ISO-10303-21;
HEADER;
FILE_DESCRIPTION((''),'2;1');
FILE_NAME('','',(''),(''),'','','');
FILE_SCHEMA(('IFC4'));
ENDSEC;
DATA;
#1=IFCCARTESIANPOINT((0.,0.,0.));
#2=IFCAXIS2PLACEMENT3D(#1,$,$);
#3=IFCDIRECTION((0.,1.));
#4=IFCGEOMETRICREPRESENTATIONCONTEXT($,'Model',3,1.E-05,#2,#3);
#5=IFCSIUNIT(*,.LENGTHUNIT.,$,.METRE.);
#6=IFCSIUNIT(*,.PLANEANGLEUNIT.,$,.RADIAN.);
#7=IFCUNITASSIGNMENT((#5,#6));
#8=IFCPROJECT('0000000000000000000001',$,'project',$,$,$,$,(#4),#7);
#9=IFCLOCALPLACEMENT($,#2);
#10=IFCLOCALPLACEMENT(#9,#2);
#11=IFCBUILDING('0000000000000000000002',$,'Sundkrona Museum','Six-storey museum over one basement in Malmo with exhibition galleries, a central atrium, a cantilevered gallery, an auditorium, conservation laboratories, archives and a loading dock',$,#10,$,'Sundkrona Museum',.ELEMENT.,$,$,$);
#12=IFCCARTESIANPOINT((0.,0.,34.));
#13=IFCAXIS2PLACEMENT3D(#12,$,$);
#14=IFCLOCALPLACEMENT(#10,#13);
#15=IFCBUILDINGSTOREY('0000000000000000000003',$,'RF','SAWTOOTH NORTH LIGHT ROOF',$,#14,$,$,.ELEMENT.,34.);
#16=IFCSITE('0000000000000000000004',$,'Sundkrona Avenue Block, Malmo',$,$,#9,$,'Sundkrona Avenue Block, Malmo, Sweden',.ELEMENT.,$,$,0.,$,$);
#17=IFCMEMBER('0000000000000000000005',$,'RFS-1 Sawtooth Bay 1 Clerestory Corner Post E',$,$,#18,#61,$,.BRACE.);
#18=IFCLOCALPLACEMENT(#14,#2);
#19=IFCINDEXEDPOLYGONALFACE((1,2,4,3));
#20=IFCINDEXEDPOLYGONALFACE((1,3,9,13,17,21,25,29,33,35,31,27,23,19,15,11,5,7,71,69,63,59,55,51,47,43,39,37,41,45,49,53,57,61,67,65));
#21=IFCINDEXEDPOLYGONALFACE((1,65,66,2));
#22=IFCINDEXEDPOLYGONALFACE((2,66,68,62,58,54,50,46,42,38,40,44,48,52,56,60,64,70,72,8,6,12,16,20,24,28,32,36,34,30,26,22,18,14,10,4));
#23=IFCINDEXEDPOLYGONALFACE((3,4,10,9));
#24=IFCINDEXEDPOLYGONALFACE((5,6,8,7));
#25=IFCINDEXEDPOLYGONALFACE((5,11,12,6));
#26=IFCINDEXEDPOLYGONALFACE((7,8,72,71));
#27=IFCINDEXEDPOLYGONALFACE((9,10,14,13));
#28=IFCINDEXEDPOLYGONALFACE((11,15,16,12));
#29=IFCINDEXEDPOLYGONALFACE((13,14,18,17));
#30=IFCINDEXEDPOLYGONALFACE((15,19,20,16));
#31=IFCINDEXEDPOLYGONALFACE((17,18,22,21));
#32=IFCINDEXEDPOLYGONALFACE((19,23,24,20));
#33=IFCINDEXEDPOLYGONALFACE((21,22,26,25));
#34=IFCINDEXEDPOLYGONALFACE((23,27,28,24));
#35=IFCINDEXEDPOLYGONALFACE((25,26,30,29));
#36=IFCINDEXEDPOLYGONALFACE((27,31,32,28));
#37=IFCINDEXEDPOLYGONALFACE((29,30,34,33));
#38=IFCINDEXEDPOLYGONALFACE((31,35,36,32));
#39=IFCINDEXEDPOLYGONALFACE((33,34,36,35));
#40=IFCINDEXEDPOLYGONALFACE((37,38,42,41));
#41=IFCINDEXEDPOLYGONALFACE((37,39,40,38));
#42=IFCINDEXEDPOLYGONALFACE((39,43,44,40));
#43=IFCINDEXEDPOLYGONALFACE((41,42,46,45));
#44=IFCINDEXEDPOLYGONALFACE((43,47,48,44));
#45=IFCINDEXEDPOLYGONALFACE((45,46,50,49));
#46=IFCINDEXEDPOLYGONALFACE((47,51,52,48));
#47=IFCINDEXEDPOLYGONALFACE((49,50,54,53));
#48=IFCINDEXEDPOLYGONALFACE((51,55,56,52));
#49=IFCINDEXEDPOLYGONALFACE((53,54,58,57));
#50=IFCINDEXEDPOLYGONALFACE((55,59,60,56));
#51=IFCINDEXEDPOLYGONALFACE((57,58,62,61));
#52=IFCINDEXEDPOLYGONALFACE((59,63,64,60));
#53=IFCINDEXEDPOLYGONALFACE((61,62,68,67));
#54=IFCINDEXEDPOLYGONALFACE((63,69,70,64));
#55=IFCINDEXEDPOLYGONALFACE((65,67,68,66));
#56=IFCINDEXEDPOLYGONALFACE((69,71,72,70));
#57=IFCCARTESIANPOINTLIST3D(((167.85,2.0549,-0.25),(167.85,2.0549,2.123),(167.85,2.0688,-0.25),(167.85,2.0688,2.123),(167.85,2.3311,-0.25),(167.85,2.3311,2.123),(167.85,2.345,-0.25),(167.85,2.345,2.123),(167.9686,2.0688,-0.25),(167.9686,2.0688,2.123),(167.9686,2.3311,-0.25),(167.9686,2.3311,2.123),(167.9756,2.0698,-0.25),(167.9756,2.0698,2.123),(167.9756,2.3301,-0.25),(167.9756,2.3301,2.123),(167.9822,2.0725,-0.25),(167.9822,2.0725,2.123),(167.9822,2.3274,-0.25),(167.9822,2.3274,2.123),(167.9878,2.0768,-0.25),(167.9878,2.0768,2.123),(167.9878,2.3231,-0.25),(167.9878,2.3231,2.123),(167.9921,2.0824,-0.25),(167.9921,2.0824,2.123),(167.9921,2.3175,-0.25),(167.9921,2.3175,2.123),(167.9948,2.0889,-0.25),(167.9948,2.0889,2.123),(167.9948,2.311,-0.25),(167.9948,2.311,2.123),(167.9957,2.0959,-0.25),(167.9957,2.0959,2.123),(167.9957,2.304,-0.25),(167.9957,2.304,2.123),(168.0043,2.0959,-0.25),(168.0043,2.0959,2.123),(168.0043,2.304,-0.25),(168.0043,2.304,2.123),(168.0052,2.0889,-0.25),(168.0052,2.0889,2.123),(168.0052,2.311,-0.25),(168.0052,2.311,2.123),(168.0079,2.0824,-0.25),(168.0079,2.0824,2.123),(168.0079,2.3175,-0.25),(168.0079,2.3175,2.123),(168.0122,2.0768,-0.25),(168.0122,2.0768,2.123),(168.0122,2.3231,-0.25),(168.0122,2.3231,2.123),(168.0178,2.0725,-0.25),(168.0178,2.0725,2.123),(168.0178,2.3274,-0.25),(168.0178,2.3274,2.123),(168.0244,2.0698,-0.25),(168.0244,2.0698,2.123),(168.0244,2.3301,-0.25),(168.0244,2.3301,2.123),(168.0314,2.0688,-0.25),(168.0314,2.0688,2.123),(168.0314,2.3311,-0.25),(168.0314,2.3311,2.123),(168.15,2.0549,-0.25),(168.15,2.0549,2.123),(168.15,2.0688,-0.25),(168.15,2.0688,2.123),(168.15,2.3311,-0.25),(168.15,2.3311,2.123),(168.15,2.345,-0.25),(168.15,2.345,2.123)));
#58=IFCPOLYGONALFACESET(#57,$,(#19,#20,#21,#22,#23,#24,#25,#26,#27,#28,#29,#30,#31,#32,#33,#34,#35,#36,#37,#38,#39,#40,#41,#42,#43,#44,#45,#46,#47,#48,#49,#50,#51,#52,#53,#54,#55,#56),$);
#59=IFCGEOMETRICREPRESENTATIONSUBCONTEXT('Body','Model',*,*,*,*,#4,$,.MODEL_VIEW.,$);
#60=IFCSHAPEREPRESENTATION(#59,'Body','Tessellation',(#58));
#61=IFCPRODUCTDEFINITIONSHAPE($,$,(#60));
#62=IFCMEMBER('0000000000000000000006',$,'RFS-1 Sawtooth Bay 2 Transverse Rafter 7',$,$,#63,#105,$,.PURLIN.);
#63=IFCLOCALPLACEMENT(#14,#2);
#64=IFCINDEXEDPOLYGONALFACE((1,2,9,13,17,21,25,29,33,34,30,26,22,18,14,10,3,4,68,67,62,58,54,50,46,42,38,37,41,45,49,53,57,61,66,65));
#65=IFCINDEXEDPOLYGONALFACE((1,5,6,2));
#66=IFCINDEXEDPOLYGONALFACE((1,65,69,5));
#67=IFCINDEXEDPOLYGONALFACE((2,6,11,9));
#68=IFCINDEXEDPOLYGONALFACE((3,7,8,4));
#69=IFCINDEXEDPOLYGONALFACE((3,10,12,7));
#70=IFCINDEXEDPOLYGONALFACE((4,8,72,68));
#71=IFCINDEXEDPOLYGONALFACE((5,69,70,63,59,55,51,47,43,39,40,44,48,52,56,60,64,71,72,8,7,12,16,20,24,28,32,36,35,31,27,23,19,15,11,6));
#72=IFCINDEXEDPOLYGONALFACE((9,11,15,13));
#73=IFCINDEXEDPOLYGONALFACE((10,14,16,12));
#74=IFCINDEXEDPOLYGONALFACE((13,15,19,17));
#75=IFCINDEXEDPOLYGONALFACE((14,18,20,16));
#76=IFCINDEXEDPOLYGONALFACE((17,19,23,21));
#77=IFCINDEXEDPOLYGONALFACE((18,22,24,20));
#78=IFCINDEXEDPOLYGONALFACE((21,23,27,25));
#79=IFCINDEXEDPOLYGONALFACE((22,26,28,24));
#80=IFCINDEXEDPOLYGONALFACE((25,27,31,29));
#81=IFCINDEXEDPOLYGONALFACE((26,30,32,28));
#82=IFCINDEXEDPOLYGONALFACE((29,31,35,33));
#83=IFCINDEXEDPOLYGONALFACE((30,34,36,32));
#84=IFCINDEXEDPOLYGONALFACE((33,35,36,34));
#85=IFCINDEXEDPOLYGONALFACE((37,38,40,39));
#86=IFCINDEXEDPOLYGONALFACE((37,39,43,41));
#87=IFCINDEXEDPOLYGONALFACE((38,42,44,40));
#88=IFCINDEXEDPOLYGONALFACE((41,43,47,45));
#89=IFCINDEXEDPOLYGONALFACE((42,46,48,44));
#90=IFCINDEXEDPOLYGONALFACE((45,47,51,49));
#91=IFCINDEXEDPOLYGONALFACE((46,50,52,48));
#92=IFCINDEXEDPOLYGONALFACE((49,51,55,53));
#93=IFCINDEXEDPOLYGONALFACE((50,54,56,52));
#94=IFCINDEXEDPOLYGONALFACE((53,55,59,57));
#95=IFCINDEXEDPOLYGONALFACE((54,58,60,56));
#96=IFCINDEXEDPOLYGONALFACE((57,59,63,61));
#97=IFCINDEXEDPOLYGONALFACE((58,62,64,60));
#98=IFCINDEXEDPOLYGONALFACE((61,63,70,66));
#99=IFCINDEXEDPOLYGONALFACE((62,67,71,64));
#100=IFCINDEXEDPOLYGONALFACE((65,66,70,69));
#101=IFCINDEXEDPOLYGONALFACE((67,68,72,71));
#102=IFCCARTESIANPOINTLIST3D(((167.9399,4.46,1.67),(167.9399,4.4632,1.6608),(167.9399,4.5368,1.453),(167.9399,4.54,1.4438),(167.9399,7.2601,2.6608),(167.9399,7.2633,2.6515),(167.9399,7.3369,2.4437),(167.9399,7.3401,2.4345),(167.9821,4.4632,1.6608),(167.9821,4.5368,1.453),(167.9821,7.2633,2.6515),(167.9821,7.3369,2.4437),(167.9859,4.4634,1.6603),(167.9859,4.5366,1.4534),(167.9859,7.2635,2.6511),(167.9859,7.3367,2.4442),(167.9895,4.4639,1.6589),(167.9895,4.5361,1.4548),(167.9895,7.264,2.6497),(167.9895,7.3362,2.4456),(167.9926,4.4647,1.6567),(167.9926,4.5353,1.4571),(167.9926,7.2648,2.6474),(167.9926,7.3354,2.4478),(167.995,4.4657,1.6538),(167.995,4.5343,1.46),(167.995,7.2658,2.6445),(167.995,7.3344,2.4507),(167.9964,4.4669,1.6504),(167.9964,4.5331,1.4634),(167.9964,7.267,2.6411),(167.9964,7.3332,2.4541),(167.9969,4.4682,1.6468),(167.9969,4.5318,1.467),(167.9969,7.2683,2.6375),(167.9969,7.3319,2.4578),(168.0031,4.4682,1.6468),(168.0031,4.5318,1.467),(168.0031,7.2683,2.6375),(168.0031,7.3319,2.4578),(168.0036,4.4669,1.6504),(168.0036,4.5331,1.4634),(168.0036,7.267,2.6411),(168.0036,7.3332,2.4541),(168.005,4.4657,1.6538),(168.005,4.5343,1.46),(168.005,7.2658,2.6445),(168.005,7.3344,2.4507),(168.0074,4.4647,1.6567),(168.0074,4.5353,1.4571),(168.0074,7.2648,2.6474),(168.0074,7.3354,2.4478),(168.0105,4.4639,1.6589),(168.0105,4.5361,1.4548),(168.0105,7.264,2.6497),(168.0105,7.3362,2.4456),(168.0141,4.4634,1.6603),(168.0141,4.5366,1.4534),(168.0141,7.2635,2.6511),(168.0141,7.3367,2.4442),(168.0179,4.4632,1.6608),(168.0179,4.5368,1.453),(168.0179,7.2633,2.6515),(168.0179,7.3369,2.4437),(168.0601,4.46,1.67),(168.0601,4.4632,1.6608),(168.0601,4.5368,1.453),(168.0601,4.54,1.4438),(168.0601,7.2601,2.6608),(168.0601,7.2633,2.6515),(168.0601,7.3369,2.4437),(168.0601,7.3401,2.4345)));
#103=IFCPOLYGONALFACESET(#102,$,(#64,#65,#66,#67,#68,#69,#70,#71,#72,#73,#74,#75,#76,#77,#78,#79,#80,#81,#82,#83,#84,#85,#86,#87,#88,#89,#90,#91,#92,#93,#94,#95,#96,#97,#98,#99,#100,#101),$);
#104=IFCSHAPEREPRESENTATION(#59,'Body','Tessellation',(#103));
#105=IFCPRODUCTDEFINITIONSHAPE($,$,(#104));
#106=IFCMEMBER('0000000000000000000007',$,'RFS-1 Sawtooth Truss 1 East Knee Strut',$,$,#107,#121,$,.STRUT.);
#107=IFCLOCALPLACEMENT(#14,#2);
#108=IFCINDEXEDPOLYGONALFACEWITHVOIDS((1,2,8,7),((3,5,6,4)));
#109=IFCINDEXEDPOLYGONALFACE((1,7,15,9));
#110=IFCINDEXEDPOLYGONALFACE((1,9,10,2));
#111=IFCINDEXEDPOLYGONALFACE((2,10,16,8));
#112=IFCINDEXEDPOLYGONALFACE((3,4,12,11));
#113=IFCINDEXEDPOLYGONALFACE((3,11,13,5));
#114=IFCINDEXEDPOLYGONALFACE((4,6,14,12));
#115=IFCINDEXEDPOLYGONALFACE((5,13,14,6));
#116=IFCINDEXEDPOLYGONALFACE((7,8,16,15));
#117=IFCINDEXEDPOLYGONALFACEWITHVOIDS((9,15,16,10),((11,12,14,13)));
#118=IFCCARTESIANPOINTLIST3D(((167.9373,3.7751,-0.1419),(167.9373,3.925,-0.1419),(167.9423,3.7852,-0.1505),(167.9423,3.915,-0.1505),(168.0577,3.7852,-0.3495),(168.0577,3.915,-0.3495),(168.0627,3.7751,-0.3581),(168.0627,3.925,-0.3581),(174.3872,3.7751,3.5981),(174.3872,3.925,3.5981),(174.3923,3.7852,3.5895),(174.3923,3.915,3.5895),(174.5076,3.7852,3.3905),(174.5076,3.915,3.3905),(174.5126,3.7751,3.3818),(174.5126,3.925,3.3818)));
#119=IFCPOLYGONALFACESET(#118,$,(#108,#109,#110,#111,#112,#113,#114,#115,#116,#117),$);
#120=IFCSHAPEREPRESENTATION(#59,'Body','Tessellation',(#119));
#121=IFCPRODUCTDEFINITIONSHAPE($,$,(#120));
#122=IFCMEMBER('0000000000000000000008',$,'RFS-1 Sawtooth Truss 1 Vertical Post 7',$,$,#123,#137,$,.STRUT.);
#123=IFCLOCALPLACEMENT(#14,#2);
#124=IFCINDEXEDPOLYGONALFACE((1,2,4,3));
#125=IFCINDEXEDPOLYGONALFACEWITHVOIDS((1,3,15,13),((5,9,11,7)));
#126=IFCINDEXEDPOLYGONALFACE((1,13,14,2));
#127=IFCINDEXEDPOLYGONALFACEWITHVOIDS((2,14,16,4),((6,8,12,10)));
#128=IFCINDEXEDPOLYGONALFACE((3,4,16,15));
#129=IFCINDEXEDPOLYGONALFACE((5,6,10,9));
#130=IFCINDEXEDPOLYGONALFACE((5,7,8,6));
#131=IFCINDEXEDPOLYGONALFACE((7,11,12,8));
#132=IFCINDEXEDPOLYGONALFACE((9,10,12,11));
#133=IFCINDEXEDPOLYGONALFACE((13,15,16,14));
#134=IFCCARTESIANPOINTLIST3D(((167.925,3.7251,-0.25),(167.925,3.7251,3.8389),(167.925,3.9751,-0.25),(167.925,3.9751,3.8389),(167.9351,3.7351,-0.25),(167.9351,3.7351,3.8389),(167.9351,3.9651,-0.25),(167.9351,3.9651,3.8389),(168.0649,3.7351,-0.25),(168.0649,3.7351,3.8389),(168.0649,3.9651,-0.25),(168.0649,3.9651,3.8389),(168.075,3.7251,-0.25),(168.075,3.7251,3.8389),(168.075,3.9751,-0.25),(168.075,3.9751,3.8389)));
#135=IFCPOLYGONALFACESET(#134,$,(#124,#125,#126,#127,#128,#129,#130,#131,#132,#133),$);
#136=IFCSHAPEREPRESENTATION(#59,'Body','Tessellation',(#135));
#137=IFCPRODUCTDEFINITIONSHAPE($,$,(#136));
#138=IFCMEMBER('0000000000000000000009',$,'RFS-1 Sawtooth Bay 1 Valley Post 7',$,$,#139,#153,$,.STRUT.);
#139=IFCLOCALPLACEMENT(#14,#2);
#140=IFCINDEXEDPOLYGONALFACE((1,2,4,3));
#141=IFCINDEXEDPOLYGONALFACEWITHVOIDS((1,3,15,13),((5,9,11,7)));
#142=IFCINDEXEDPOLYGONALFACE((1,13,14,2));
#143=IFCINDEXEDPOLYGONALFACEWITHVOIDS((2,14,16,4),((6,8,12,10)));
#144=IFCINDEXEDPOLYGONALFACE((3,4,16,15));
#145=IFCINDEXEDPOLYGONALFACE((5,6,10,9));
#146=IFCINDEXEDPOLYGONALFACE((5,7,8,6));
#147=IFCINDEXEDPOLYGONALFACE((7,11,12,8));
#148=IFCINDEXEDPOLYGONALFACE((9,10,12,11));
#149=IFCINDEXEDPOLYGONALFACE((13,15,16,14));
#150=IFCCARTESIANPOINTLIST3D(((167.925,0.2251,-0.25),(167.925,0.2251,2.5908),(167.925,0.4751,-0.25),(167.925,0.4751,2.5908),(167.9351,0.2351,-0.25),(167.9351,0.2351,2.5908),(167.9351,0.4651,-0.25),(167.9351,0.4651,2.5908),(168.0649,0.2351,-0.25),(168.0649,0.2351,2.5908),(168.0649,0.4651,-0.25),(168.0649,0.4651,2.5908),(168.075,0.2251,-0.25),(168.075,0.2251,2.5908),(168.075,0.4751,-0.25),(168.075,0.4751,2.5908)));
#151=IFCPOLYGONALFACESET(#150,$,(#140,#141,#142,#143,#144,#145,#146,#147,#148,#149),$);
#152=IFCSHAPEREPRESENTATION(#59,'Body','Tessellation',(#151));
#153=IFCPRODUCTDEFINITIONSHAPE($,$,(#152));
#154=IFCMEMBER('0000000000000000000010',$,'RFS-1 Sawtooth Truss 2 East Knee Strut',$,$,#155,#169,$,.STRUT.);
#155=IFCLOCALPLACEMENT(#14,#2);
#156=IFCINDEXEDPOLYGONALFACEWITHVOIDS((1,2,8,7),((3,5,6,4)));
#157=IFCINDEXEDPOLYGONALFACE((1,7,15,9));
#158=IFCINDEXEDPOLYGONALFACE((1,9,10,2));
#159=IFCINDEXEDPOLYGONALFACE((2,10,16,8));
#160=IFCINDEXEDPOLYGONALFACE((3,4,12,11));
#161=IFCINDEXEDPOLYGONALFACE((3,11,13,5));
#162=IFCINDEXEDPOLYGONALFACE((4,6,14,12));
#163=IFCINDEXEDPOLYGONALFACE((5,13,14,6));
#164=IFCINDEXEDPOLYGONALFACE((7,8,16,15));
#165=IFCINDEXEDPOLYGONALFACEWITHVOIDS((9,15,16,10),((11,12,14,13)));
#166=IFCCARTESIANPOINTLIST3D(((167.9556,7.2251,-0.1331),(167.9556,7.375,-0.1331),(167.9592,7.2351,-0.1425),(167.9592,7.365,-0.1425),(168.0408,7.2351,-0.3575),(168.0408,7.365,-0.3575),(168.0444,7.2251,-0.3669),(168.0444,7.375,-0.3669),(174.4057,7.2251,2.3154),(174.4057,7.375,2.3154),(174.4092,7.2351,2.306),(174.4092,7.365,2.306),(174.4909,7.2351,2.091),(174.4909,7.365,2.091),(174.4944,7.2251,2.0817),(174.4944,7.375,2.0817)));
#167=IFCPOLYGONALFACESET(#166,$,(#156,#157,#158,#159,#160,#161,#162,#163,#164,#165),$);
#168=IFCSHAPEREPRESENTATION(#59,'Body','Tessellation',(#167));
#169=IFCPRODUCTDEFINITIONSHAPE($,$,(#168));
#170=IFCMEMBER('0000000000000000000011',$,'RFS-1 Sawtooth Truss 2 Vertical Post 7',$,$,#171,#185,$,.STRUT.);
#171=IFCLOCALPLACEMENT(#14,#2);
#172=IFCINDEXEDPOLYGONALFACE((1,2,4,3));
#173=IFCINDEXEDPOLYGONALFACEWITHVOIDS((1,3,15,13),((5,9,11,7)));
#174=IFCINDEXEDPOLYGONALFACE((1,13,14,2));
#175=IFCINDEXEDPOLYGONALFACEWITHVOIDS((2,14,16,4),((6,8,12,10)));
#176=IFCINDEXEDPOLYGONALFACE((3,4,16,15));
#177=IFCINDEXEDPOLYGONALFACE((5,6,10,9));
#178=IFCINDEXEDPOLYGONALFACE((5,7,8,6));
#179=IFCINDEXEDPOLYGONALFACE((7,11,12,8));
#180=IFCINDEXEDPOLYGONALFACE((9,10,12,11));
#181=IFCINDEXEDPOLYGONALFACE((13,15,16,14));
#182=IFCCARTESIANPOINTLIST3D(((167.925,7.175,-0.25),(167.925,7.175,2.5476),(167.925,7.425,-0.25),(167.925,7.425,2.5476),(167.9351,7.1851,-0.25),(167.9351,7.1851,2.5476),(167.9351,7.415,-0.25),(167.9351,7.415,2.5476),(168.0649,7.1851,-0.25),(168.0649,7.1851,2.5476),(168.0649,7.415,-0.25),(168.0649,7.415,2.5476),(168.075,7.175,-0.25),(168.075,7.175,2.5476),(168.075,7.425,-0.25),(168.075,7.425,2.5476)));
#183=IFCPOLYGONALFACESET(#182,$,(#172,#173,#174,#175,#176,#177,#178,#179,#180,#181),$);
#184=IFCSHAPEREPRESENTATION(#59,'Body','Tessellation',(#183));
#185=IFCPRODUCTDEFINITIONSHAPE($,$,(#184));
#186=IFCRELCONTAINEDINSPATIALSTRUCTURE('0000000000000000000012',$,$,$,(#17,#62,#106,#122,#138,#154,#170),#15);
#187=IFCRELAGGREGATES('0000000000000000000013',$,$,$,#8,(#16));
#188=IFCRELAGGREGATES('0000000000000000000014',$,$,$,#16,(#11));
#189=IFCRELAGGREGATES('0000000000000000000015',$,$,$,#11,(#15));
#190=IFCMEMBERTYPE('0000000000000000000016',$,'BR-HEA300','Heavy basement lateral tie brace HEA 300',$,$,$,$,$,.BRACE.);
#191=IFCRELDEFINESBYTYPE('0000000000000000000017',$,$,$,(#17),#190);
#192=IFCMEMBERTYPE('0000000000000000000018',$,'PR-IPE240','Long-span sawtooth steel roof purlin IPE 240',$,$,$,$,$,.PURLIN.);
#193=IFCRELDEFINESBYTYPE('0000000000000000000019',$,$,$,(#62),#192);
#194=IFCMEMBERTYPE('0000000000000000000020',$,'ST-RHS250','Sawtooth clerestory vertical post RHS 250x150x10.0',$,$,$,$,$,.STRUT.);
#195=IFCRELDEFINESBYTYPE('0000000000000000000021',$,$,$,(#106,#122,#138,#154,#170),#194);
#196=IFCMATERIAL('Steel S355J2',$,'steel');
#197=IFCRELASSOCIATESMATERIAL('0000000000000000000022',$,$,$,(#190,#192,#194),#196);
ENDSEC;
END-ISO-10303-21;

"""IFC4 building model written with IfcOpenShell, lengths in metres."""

from ifc_helpers import new_model, si_unit, direction, frame, origin, origin_2d, place, context, subcontext, project, spatial, hollow_rectangle, i_section, extrude, material, material_profile, profile_set, type_object, element, save


model = new_model("IFC4")

# Units and contexts
model_context = context("Model", 3, precision=1e-05, world=origin(), true_north=direction((0.0, 1.0)))
body_context = subcontext(model_context, "Body", "Model", "MODEL_VIEW")
ifc_project = project(units=[si_unit("LENGTHUNIT", "METRE"), si_unit("PLANEANGLEUNIT", "RADIAN")], contexts=[model_context])

# Site, building, storey
site_placement = place(None, origin())
site = spatial("IfcSite", under=ifc_project, at=site_placement, Name="Sundkrona Avenue Block, Malmo", LongName="Sundkrona Avenue Block, Malmo, Sweden", CompositionType="ELEMENT", RefElevation=0.0)
building_placement = place(site_placement, origin())
building = spatial("IfcBuilding", under=site, at=building_placement, Name="Sundkrona Museum", Description="Six-storey museum over one basement in Malmo with exhibition galleries, a central atrium, a cantilevered gallery, an auditorium, conservation laboratories, archives and a loading dock", LongName="Sundkrona Museum", CompositionType="ELEMENT")
storey_placement = place(building_placement, frame((0.0, 0.0, 34.0)))
storey = spatial("IfcBuildingStorey", under=building, at=storey_placement, Name="RF", Description="SAWTOOTH NORTH LIGHT ROOF", CompositionType="ELEMENT", Elevation=34.0)

# Members
ifc_material_1 = material(Name="Steel S355J2", Category="steel")
ifc_material_profile_1 = material_profile(ifc_material_1, i_section(OverallWidth=0.3, OverallDepth=0.29, WebThickness=0.0085, FlangeThickness=0.0139, FilletRadius=0.0271, at=origin_2d()), Name="HEA 300")
ifc_profile_set_1 = profile_set([ifc_material_profile_1], Name="Steel S355J2")
member_type_1 = type_object("IfcMemberType", Name="BR-HEA300", Description="Heavy basement lateral tie brace HEA 300", PredefinedType="BRACE", material=ifc_profile_set_1)
member_1_placement = place(storey_placement, frame((168.0, 2.2, -0.25), z_axis=(0.0, 0.0, 1.0), x_axis=(1.0, 0.0, 0.0)))
element("IfcMember", 1, at=member_1_placement, inside=storey, type_object=member_type_1, Name="RFS-1 Sawtooth Bay 1 Clerestory Corner Post E", PredefinedType="BRACE", context=body_context, shape_type="SweptSolid", body=[
    extrude(i_section(OverallWidth=0.3, OverallDepth=0.29, WebThickness=0.0085, FlangeThickness=0.0139, FilletRadius=0.0271, at=origin_2d()), origin(), (0.0, 0.0, 1.0), 2.373),
])
ifc_material_profile_2 = material_profile(ifc_material_1, i_section(OverallWidth=0.1201, OverallDepth=0.24, WebThickness=0.0061, FlangeThickness=0.0098, FilletRadius=0.0149, at=origin_2d()), Name="IPE 240")
ifc_profile_set_2 = profile_set([ifc_material_profile_2], Name="Steel S355J2")
member_type_2 = type_object("IfcMemberType", Name="PR-IPE240", Description="Long-span sawtooth steel roof purlin IPE 240", PredefinedType="PURLIN", material=ifc_profile_set_2)
member_2_placement = place(storey_placement, frame((168.0, 4.5, 1.5569), z_axis=(0.0, 0.942729, 0.33356), x_axis=(-1.0, 0.0, 0.0)))
element("IfcMember", 2, at=member_2_placement, inside=storey, type_object=member_type_2, Name="RFS-1 Sawtooth Bay 2 Transverse Rafter 7", PredefinedType="PURLIN", context=body_context, shape_type="SweptSolid", body=[
    extrude(i_section(OverallWidth=0.1201, OverallDepth=0.24, WebThickness=0.0061, FlangeThickness=0.0098, FilletRadius=0.0149, at=origin_2d()), origin(), (0.0, 0.0, 1.0), 2.9702),
])
ifc_material_profile_3 = material_profile(ifc_material_1, hollow_rectangle(XDim=0.1499, YDim=0.25, WallThickness=0.01, at=origin_2d()), Name="RHS 250x150x10.0")
ifc_profile_set_3 = profile_set([ifc_material_profile_3], Name="Steel S355J2")
member_type_3 = type_object("IfcMemberType", Name="ST-RHS250", Description="Sawtooth clerestory vertical post RHS 250x150x10.0", PredefinedType="STRUT", material=ifc_profile_set_3)
member_3_placement = place(storey_placement, frame((168.0, 3.8501, -0.25), z_axis=(0.865088, 0.0, 0.50162), x_axis=(0.0, 1.0, 0.0)))
element("IfcMember", 3, at=member_3_placement, inside=storey, type_object=member_type_3, Name="RFS-1 Sawtooth Truss 1 East Knee Strut", PredefinedType="STRUT", context=body_context, shape_type="SweptSolid", body=[
    extrude(hollow_rectangle(XDim=0.1499, YDim=0.25, WallThickness=0.01, at=origin_2d()), origin(), (0.0, 0.0, 1.0), 7.4558),
])
member_4_placement = place(storey_placement, frame((168.0, 3.8501, -0.25), z_axis=(0.0, 0.0, 1.0), x_axis=(1.0, 0.0, 0.0)))
element("IfcMember", 4, at=member_4_placement, inside=storey, type_object=member_type_3, Name="RFS-1 Sawtooth Truss 1 Vertical Post 7", PredefinedType="STRUT", context=body_context, shape_type="SweptSolid", body=[
    extrude(hollow_rectangle(XDim=0.1499, YDim=0.25, WallThickness=0.01, at=origin_2d()), origin(), (0.0, 0.0, 1.0), 4.0889),
])
member_5_placement = place(storey_placement, frame((168.0, 0.3501, -0.25), z_axis=(0.0, 0.0, 1.0), x_axis=(1.0, 0.0, 0.0)))
element("IfcMember", 5, at=member_5_placement, inside=storey, type_object=member_type_3, Name="RFS-1 Sawtooth Bay 1 Valley Post 7", PredefinedType="STRUT", context=body_context, shape_type="SweptSolid", body=[
    extrude(hollow_rectangle(XDim=0.1499, YDim=0.25, WallThickness=0.01, at=origin_2d()), origin(), (0.0, 0.0, 1.0), 2.8408),
])
member_6_placement = place(storey_placement, frame((168.0, 7.3, -0.25), z_axis=(0.934904, 0.0, 0.354902), x_axis=(0.0, 1.0, 0.0)))
element("IfcMember", 6, at=member_6_placement, inside=storey, type_object=member_type_3, Name="RFS-1 Sawtooth Truss 2 East Knee Strut", PredefinedType="STRUT", context=body_context, shape_type="SweptSolid", body=[
    extrude(hollow_rectangle(XDim=0.1499, YDim=0.25, WallThickness=0.01, at=origin_2d()), origin(), (0.0, 0.0, 1.0), 6.8992),
])
member_7_placement = place(storey_placement, frame((168.0, 7.3, -0.25), z_axis=(0.0, 0.0, 1.0), x_axis=(1.0, 0.0, 0.0)))
element("IfcMember", 7, at=member_7_placement, inside=storey, type_object=member_type_3, Name="RFS-1 Sawtooth Truss 2 Vertical Post 7", PredefinedType="STRUT", context=body_context, shape_type="SweptSolid", body=[
    extrude(hollow_rectangle(XDim=0.1499, YDim=0.25, WallThickness=0.01, at=origin_2d()), origin(), (0.0, 0.0, 1.0), 2.7976),
])

save(model, "model.ifc")
